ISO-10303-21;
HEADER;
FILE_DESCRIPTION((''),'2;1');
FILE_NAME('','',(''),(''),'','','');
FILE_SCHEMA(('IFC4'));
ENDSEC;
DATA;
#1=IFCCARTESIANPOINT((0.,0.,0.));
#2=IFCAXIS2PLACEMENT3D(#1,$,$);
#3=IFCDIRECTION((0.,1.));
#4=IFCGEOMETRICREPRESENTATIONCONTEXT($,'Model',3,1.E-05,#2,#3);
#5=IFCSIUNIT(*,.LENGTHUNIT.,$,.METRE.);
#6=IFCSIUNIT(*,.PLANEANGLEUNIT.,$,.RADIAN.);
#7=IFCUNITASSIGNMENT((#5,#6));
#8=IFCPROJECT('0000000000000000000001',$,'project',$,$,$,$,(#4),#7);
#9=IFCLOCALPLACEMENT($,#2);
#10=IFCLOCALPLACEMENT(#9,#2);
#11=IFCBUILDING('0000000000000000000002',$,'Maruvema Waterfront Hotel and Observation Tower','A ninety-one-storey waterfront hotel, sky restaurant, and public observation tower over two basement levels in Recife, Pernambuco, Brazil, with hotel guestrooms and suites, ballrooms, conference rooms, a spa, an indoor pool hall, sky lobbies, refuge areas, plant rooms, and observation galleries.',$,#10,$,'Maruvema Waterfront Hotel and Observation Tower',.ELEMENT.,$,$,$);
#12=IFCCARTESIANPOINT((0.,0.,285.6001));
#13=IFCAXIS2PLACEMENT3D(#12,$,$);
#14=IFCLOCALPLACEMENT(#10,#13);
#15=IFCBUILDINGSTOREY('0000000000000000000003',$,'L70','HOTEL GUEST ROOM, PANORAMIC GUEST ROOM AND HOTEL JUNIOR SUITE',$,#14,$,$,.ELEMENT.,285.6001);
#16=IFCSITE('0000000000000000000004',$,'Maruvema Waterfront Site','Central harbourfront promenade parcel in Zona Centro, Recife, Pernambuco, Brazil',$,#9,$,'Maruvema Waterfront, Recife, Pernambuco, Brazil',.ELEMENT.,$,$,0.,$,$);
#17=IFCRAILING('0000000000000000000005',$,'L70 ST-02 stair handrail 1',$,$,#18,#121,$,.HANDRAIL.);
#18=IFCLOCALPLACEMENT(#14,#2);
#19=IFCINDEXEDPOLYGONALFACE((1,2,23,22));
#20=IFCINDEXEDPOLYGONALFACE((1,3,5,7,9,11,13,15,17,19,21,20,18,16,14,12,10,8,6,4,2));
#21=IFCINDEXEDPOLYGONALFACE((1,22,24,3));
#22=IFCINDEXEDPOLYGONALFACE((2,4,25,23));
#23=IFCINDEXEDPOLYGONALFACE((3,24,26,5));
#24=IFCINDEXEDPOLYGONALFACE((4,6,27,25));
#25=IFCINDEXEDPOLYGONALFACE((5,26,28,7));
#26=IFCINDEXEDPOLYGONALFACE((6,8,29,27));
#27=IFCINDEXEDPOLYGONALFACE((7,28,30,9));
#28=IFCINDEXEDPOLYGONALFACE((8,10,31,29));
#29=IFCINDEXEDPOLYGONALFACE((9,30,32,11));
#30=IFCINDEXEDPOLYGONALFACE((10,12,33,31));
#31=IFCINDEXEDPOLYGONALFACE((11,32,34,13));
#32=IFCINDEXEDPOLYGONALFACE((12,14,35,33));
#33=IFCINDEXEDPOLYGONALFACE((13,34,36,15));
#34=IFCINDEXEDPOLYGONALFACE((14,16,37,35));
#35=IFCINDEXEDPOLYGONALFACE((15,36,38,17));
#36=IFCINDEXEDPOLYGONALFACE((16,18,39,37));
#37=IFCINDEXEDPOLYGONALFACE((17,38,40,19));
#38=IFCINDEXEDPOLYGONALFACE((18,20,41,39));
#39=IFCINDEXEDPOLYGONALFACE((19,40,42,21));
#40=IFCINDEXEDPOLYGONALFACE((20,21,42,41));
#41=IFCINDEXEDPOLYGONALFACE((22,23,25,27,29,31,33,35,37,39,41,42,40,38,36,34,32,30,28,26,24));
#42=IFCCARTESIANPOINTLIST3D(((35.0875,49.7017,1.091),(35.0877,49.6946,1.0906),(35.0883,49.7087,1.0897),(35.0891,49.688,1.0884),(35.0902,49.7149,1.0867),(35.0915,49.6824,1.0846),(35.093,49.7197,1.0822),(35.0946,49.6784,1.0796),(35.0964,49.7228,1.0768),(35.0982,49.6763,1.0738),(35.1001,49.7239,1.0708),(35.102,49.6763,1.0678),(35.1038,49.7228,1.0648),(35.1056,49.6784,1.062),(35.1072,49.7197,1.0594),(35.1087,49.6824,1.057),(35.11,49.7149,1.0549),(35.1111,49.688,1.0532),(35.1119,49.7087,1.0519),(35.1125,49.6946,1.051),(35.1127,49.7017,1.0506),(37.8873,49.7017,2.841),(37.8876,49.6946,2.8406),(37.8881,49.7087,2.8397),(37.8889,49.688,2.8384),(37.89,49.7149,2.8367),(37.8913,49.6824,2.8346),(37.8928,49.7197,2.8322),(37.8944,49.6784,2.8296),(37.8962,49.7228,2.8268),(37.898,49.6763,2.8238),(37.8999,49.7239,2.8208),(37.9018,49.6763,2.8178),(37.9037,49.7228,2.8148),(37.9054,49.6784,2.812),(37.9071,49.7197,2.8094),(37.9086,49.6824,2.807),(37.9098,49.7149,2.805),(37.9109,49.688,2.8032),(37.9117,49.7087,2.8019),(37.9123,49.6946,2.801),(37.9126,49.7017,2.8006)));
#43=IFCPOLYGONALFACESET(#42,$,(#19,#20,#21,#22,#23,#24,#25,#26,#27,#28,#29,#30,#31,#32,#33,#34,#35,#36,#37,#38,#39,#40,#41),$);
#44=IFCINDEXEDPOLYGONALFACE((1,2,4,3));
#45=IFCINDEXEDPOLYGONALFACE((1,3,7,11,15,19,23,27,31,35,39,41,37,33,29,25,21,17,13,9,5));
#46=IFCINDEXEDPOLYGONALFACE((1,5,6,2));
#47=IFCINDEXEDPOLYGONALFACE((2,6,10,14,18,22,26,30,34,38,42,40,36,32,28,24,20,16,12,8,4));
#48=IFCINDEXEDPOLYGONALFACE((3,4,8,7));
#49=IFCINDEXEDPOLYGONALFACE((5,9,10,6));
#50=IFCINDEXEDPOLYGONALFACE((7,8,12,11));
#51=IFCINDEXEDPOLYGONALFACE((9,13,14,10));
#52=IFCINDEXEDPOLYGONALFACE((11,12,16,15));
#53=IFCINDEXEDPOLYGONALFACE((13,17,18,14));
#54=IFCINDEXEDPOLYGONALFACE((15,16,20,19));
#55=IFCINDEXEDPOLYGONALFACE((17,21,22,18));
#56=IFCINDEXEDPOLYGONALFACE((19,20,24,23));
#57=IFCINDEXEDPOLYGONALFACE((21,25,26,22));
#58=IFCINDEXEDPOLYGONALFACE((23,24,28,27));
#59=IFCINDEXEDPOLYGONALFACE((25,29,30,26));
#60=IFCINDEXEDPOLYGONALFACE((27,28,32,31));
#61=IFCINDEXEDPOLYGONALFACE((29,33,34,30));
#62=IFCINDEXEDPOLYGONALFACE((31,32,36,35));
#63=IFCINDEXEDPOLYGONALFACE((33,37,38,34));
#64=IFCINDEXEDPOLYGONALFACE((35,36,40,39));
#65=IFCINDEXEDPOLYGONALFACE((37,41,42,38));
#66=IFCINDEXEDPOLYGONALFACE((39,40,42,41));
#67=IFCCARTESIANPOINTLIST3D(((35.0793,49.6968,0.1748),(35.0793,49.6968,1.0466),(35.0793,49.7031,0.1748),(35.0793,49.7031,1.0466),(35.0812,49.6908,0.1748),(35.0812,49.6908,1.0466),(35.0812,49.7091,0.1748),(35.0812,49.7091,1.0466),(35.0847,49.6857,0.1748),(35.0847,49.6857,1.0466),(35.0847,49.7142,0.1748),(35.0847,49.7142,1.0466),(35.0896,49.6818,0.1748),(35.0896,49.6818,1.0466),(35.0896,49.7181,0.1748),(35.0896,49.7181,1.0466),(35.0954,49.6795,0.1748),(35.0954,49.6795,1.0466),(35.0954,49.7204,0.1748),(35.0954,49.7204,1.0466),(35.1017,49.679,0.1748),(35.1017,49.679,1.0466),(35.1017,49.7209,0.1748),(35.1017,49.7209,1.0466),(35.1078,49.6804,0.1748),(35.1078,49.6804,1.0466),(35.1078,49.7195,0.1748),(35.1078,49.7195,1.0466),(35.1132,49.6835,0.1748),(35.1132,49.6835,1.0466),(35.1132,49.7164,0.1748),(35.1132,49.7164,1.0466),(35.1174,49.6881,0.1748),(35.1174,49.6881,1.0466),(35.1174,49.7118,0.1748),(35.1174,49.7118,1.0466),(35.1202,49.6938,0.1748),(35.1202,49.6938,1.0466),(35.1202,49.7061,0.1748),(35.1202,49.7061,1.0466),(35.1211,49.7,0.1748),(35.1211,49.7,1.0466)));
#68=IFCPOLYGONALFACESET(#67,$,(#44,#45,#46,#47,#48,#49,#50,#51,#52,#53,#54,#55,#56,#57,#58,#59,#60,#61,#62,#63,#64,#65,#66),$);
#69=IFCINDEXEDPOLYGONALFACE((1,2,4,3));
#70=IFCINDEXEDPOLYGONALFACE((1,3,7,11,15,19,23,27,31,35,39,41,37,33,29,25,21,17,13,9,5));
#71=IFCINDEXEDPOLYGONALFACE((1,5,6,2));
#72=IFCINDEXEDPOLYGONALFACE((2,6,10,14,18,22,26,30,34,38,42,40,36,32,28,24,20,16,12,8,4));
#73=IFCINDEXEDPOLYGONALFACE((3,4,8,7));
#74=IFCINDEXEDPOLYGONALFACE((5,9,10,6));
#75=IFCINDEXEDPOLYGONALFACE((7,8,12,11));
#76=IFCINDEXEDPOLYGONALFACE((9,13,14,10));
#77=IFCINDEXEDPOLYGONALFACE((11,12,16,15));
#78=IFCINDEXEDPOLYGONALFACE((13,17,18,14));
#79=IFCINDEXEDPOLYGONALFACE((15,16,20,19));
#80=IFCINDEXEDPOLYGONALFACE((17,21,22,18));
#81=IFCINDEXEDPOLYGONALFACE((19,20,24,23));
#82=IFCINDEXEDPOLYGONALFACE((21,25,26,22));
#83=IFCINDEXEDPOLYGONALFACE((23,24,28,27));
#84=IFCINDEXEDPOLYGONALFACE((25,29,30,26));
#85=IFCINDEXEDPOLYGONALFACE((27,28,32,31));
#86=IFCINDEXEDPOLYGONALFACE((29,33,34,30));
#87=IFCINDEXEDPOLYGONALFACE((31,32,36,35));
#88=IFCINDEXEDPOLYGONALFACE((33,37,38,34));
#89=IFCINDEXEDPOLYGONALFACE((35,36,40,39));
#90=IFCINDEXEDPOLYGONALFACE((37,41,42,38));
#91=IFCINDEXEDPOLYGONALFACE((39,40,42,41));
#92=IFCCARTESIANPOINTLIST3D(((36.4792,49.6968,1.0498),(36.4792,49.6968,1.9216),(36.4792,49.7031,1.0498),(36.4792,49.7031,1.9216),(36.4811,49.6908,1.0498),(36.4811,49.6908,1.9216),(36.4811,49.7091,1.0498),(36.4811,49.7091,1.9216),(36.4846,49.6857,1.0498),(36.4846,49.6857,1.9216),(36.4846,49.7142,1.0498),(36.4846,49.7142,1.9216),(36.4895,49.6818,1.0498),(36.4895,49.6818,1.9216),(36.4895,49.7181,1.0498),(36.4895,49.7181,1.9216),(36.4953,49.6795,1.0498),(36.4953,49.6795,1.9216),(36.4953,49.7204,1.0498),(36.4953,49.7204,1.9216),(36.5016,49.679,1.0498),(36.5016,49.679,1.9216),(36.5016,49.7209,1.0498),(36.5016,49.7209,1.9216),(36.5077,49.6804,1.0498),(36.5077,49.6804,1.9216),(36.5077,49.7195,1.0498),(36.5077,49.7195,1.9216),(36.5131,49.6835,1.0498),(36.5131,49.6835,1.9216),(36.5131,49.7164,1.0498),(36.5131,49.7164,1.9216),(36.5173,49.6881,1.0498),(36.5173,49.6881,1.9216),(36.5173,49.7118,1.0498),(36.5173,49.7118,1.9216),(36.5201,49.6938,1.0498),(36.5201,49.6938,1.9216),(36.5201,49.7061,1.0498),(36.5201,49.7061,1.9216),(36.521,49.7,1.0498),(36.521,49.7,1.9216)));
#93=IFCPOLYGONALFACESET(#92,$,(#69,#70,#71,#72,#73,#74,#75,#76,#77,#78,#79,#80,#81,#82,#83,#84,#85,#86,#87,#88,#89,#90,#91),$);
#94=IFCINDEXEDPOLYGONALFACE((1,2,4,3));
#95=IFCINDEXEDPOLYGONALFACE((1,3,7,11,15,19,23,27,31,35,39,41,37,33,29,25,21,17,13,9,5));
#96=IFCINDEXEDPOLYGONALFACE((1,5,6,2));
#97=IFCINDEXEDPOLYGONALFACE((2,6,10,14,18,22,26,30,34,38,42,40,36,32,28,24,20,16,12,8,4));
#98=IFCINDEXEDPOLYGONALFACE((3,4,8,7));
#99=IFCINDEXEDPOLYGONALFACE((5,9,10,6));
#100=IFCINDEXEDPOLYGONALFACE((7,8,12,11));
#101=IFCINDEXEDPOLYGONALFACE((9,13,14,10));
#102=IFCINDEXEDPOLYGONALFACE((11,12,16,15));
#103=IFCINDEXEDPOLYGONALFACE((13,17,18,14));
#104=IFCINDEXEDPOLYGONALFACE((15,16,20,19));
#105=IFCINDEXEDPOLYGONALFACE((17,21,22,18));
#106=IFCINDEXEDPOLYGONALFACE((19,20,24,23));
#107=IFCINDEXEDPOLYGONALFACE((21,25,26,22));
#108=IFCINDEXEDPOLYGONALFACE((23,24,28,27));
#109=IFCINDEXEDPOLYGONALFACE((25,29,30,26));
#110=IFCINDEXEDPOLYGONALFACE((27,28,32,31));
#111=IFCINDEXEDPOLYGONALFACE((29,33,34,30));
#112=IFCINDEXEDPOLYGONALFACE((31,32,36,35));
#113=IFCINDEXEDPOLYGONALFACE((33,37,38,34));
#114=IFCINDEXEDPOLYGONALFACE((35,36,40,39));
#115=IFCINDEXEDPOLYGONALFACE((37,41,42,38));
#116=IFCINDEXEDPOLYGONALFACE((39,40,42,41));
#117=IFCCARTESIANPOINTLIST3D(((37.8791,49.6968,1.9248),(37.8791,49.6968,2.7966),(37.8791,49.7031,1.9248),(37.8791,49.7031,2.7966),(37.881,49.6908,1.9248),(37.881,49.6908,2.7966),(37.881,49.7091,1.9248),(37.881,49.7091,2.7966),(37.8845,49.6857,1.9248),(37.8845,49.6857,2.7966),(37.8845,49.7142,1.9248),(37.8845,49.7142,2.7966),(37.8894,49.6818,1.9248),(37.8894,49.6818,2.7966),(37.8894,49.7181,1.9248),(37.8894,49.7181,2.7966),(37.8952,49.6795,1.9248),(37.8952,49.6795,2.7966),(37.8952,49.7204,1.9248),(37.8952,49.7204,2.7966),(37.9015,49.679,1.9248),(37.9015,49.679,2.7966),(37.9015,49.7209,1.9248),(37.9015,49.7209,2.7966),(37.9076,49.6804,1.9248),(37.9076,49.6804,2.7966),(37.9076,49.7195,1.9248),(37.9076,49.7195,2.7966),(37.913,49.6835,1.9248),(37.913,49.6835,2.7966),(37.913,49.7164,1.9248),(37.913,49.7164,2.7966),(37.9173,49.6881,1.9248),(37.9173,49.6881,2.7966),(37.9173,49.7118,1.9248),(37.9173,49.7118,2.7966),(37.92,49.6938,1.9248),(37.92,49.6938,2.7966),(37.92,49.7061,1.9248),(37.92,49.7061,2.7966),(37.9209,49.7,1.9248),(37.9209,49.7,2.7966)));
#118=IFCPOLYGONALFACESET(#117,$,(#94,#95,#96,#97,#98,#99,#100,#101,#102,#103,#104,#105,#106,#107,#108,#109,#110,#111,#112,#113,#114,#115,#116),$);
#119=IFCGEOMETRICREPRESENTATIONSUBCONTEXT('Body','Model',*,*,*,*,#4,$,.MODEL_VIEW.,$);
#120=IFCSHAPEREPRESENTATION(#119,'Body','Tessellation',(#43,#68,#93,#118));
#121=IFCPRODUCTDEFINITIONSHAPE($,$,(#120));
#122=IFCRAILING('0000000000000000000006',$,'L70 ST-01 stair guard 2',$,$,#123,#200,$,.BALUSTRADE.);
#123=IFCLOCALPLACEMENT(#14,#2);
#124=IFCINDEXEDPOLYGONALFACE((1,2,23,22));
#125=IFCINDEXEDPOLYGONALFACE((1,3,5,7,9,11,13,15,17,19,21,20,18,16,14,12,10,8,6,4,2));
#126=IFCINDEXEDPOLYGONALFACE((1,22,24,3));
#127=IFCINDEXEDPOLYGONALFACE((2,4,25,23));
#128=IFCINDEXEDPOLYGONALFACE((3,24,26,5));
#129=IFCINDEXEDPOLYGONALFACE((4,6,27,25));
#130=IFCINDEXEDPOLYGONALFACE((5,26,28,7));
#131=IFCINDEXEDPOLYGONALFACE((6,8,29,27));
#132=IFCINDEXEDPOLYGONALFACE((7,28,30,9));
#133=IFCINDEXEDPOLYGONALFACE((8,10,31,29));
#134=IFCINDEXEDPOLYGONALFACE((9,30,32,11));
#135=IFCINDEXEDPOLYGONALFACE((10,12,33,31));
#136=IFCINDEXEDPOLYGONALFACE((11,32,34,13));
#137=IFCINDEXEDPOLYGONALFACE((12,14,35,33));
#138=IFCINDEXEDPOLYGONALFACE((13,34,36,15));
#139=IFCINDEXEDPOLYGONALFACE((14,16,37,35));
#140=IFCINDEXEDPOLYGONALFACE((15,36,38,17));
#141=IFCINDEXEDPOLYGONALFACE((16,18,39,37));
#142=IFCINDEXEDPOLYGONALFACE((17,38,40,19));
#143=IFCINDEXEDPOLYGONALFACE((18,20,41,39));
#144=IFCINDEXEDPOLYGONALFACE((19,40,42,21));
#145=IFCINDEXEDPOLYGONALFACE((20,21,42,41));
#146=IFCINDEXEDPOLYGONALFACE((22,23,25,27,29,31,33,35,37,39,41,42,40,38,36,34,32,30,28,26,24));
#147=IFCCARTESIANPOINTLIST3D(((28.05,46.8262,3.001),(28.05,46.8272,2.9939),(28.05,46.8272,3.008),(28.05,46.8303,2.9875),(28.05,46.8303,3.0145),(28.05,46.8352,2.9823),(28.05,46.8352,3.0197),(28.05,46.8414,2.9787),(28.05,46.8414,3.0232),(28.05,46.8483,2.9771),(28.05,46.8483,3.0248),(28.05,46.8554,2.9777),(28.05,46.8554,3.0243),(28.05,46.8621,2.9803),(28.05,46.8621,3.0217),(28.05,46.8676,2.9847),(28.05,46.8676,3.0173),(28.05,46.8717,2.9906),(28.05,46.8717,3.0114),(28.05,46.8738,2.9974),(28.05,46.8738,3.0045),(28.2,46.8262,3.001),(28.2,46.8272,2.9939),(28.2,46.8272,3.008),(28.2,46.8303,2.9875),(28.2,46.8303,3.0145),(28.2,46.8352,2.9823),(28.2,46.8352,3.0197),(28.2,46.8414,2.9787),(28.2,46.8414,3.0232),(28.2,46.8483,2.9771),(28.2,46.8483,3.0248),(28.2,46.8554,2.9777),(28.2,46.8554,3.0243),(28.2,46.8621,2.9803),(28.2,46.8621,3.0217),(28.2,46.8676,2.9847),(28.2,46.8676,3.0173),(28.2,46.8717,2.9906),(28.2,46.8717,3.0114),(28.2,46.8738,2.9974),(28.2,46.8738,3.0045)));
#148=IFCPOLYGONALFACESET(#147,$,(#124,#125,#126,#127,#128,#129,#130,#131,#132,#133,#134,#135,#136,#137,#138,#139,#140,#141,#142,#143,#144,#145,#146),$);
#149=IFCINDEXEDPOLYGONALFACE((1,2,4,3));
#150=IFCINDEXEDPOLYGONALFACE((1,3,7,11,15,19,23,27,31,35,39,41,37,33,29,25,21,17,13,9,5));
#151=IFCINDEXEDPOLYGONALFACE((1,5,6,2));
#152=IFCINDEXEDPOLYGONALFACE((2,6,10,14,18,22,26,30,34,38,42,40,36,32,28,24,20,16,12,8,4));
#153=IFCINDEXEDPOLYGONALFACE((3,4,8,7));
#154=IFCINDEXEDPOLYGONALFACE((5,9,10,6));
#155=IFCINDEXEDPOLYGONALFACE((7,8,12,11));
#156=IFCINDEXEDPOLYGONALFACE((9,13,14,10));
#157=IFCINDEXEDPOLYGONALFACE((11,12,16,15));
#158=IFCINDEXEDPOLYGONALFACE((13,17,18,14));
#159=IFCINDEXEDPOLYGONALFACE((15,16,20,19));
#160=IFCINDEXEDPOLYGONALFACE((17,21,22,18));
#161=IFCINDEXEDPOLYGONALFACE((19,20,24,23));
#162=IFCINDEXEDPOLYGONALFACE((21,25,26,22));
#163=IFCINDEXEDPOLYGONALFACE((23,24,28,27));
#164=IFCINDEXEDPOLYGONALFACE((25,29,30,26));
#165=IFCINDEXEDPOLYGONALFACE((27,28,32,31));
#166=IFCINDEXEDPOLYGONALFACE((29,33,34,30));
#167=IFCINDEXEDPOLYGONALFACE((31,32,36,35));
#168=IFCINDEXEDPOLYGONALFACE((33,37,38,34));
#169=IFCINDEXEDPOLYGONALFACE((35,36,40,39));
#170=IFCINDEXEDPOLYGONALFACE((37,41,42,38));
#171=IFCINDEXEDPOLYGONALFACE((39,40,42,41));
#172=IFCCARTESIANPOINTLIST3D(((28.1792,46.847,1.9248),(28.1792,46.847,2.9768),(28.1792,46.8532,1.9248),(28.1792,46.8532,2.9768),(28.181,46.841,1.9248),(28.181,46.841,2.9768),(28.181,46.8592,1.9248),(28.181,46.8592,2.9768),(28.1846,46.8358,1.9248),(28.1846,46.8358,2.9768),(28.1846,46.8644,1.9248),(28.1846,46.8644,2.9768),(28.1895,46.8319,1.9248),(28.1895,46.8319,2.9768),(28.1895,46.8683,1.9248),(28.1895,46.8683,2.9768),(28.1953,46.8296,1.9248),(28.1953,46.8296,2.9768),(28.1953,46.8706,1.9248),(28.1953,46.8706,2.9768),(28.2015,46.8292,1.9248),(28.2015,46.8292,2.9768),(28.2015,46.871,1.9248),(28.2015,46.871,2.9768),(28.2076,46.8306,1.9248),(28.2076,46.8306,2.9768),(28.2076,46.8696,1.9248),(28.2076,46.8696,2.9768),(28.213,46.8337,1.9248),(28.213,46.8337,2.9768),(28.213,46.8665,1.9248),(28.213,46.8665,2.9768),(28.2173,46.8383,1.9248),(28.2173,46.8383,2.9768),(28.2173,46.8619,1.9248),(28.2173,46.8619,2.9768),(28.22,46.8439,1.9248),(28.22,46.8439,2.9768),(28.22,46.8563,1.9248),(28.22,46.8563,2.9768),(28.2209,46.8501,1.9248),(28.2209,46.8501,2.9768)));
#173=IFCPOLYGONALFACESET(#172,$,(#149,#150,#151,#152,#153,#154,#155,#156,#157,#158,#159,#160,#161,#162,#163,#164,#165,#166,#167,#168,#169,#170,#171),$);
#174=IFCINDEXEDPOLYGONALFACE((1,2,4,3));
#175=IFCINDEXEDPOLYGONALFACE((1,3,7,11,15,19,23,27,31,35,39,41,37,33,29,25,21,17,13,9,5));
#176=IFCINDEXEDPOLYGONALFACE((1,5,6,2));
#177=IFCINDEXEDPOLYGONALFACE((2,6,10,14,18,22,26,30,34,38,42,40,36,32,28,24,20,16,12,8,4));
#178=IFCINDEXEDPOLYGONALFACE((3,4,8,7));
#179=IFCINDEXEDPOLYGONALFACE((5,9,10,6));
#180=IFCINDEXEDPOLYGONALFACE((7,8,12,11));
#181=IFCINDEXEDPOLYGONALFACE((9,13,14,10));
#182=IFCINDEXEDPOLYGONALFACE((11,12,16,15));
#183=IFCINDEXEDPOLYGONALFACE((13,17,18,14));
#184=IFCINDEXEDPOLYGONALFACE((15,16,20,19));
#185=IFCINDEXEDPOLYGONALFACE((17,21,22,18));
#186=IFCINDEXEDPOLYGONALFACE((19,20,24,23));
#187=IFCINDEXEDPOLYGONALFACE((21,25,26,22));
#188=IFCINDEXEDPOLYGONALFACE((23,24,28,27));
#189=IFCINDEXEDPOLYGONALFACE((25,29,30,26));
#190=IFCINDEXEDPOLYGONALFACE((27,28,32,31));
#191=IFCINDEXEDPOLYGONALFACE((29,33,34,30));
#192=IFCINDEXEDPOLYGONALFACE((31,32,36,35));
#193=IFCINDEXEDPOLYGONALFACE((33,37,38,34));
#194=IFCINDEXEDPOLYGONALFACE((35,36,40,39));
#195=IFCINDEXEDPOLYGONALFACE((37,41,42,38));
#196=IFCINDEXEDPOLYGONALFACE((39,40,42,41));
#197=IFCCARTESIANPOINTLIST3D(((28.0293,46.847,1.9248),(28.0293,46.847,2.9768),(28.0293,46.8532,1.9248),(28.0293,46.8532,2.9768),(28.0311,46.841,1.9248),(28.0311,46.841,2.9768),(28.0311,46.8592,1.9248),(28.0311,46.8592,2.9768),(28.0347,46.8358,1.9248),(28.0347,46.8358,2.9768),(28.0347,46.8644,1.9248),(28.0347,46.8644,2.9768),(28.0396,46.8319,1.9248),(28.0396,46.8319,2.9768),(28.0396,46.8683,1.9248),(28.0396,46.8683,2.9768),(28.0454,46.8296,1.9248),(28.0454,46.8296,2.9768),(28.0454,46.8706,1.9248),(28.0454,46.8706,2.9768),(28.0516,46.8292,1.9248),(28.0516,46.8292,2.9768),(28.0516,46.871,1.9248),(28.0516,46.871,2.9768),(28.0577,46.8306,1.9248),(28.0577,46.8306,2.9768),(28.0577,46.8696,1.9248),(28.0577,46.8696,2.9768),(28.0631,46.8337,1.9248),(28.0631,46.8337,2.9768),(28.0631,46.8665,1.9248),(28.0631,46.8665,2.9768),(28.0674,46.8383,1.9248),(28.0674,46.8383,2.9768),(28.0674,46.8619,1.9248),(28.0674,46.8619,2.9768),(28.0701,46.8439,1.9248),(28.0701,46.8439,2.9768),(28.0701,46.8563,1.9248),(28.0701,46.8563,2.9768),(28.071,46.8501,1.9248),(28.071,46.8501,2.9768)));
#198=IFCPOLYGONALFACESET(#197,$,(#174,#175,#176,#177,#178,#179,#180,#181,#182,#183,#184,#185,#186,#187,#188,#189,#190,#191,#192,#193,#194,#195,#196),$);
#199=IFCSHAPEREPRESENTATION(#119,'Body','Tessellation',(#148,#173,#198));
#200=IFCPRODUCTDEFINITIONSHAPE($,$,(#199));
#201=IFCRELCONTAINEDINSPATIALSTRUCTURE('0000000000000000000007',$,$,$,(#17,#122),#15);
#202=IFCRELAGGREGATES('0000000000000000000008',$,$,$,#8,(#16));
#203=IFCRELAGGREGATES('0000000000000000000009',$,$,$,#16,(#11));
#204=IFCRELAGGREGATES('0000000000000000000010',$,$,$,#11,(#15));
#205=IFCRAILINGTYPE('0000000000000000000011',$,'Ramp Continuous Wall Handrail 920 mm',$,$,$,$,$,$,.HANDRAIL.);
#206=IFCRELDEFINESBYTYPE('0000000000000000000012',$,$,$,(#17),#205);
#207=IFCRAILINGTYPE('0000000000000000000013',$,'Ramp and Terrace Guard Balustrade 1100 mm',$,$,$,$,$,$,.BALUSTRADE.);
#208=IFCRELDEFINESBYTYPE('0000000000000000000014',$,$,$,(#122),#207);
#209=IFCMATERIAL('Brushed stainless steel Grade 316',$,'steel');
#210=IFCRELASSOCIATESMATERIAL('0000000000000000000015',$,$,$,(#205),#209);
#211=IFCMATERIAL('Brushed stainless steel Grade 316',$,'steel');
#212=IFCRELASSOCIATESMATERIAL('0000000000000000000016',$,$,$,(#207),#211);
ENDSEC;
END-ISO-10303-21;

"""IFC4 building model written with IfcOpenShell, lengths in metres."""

from ifc_helpers import new_model, si_unit, direction, frame, origin, origin_2d, place, context, subcontext, project, spatial, circle, extrude, material, type_object, element, save


model = new_model("IFC4")

# Units and contexts
model_context = context("Model", 3, precision=1e-05, world=origin(), true_north=direction((0.0, 1.0)))
body_context = subcontext(model_context, "Body", "Model", "MODEL_VIEW")
ifc_project = project(units=[si_unit("LENGTHUNIT", "METRE"), si_unit("PLANEANGLEUNIT", "RADIAN")], contexts=[model_context])

# Site, building, storey
site_placement = place(None, origin())
site = spatial("IfcSite", under=ifc_project, at=site_placement, Name="Maruvema Waterfront Site", Description="Central harbourfront promenade parcel in Zona Centro, Recife, Pernambuco, Brazil", LongName="Maruvema Waterfront, Recife, Pernambuco, Brazil", CompositionType="ELEMENT", RefElevation=0.0)
building_placement = place(site_placement, origin())
building = spatial("IfcBuilding", under=site, at=building_placement, Name="Maruvema Waterfront Hotel and Observation Tower", Description="A ninety-one-storey waterfront hotel, sky restaurant, and public observation tower over two basement levels in Recife, Pernambuco, Brazil, with hotel guestrooms and suites, ballrooms, conference rooms, a spa, an indoor pool hall, sky lobbies, refuge areas, plant rooms, and observation galleries.", LongName="Maruvema Waterfront Hotel and Observation Tower", CompositionType="ELEMENT")
storey_placement = place(building_placement, frame((0.0, 0.0, 285.6001)))
storey = spatial("IfcBuildingStorey", under=building, at=storey_placement, Name="L70", Description="HOTEL GUEST ROOM, PANORAMIC GUEST ROOM AND HOTEL JUNIOR SUITE", CompositionType="ELEMENT", Elevation=285.6001)

# Railings
ifc_material_1 = material(Name="Brushed stainless steel Grade 316", Category="steel")
railing_type_1 = type_object("IfcRailingType", Name="Ramp Continuous Wall Handrail 920 mm", PredefinedType="HANDRAIL", material=ifc_material_1)
railing_1_placement = place(storey_placement, frame((35.1001, 49.7, 0.1748)))
element("IfcRailing", 1, at=railing_1_placement, inside=storey, type_object=railing_type_1, Name="L70 ST-02 stair handrail 1", PredefinedType="HANDRAIL", context=body_context, shape_type="SweptSolid", body=[
    extrude(circle(Radius=0.0239, at=origin_2d()), frame((0.0, 0.0, 0.896), z_axis=(0.847982, 0.0, 0.530026), x_axis=(0.0, 1.0, 0.0)), (0.0, 0.0, 1.0), 3.3018),
    extrude(circle(Radius=0.021, at=origin_2d()), origin(), (0.0, 0.0, 1.0), 0.8718),
    extrude(circle(Radius=0.021, at=origin_2d()), frame((1.3999, 0.0, 0.875)), (0.0, 0.0, 1.0), 0.8718),
    extrude(circle(Radius=0.021, at=origin_2d()), frame((2.7998, 0.0, 1.75)), (0.0, 0.0, 1.0), 0.8718),
])
ifc_material_2 = material(Name="Brushed stainless steel Grade 316", Category="steel")
railing_type_2 = type_object("IfcRailingType", Name="Ramp and Terrace Guard Balustrade 1100 mm", PredefinedType="BALUSTRADE", material=ifc_material_2)
railing_2_placement = place(storey_placement, frame((28.2, 46.8501, 1.9248)))
element("IfcRailing", 2, at=railing_2_placement, inside=storey, type_object=railing_type_2, Name="L70 ST-01 stair guard 2", PredefinedType="BALUSTRADE", context=body_context, shape_type="SweptSolid", body=[
    extrude(circle(Radius=0.0239, at=origin_2d()), frame((0.0, 0.0, 1.0762), z_axis=(-1.0, 0.0, 0.0), x_axis=(0.0, -1.0, 0.0)), (0.0, 0.0, 1.0), 0.1499),
    extrude(circle(Radius=0.021, at=origin_2d()), origin(), (0.0, 0.0, 1.0), 1.052),
    extrude(circle(Radius=0.021, at=origin_2d()), frame((-0.1499, 0.0, 0.0)), (0.0, 0.0, 1.0), 1.052),
])

save(model, "model.ifc")
